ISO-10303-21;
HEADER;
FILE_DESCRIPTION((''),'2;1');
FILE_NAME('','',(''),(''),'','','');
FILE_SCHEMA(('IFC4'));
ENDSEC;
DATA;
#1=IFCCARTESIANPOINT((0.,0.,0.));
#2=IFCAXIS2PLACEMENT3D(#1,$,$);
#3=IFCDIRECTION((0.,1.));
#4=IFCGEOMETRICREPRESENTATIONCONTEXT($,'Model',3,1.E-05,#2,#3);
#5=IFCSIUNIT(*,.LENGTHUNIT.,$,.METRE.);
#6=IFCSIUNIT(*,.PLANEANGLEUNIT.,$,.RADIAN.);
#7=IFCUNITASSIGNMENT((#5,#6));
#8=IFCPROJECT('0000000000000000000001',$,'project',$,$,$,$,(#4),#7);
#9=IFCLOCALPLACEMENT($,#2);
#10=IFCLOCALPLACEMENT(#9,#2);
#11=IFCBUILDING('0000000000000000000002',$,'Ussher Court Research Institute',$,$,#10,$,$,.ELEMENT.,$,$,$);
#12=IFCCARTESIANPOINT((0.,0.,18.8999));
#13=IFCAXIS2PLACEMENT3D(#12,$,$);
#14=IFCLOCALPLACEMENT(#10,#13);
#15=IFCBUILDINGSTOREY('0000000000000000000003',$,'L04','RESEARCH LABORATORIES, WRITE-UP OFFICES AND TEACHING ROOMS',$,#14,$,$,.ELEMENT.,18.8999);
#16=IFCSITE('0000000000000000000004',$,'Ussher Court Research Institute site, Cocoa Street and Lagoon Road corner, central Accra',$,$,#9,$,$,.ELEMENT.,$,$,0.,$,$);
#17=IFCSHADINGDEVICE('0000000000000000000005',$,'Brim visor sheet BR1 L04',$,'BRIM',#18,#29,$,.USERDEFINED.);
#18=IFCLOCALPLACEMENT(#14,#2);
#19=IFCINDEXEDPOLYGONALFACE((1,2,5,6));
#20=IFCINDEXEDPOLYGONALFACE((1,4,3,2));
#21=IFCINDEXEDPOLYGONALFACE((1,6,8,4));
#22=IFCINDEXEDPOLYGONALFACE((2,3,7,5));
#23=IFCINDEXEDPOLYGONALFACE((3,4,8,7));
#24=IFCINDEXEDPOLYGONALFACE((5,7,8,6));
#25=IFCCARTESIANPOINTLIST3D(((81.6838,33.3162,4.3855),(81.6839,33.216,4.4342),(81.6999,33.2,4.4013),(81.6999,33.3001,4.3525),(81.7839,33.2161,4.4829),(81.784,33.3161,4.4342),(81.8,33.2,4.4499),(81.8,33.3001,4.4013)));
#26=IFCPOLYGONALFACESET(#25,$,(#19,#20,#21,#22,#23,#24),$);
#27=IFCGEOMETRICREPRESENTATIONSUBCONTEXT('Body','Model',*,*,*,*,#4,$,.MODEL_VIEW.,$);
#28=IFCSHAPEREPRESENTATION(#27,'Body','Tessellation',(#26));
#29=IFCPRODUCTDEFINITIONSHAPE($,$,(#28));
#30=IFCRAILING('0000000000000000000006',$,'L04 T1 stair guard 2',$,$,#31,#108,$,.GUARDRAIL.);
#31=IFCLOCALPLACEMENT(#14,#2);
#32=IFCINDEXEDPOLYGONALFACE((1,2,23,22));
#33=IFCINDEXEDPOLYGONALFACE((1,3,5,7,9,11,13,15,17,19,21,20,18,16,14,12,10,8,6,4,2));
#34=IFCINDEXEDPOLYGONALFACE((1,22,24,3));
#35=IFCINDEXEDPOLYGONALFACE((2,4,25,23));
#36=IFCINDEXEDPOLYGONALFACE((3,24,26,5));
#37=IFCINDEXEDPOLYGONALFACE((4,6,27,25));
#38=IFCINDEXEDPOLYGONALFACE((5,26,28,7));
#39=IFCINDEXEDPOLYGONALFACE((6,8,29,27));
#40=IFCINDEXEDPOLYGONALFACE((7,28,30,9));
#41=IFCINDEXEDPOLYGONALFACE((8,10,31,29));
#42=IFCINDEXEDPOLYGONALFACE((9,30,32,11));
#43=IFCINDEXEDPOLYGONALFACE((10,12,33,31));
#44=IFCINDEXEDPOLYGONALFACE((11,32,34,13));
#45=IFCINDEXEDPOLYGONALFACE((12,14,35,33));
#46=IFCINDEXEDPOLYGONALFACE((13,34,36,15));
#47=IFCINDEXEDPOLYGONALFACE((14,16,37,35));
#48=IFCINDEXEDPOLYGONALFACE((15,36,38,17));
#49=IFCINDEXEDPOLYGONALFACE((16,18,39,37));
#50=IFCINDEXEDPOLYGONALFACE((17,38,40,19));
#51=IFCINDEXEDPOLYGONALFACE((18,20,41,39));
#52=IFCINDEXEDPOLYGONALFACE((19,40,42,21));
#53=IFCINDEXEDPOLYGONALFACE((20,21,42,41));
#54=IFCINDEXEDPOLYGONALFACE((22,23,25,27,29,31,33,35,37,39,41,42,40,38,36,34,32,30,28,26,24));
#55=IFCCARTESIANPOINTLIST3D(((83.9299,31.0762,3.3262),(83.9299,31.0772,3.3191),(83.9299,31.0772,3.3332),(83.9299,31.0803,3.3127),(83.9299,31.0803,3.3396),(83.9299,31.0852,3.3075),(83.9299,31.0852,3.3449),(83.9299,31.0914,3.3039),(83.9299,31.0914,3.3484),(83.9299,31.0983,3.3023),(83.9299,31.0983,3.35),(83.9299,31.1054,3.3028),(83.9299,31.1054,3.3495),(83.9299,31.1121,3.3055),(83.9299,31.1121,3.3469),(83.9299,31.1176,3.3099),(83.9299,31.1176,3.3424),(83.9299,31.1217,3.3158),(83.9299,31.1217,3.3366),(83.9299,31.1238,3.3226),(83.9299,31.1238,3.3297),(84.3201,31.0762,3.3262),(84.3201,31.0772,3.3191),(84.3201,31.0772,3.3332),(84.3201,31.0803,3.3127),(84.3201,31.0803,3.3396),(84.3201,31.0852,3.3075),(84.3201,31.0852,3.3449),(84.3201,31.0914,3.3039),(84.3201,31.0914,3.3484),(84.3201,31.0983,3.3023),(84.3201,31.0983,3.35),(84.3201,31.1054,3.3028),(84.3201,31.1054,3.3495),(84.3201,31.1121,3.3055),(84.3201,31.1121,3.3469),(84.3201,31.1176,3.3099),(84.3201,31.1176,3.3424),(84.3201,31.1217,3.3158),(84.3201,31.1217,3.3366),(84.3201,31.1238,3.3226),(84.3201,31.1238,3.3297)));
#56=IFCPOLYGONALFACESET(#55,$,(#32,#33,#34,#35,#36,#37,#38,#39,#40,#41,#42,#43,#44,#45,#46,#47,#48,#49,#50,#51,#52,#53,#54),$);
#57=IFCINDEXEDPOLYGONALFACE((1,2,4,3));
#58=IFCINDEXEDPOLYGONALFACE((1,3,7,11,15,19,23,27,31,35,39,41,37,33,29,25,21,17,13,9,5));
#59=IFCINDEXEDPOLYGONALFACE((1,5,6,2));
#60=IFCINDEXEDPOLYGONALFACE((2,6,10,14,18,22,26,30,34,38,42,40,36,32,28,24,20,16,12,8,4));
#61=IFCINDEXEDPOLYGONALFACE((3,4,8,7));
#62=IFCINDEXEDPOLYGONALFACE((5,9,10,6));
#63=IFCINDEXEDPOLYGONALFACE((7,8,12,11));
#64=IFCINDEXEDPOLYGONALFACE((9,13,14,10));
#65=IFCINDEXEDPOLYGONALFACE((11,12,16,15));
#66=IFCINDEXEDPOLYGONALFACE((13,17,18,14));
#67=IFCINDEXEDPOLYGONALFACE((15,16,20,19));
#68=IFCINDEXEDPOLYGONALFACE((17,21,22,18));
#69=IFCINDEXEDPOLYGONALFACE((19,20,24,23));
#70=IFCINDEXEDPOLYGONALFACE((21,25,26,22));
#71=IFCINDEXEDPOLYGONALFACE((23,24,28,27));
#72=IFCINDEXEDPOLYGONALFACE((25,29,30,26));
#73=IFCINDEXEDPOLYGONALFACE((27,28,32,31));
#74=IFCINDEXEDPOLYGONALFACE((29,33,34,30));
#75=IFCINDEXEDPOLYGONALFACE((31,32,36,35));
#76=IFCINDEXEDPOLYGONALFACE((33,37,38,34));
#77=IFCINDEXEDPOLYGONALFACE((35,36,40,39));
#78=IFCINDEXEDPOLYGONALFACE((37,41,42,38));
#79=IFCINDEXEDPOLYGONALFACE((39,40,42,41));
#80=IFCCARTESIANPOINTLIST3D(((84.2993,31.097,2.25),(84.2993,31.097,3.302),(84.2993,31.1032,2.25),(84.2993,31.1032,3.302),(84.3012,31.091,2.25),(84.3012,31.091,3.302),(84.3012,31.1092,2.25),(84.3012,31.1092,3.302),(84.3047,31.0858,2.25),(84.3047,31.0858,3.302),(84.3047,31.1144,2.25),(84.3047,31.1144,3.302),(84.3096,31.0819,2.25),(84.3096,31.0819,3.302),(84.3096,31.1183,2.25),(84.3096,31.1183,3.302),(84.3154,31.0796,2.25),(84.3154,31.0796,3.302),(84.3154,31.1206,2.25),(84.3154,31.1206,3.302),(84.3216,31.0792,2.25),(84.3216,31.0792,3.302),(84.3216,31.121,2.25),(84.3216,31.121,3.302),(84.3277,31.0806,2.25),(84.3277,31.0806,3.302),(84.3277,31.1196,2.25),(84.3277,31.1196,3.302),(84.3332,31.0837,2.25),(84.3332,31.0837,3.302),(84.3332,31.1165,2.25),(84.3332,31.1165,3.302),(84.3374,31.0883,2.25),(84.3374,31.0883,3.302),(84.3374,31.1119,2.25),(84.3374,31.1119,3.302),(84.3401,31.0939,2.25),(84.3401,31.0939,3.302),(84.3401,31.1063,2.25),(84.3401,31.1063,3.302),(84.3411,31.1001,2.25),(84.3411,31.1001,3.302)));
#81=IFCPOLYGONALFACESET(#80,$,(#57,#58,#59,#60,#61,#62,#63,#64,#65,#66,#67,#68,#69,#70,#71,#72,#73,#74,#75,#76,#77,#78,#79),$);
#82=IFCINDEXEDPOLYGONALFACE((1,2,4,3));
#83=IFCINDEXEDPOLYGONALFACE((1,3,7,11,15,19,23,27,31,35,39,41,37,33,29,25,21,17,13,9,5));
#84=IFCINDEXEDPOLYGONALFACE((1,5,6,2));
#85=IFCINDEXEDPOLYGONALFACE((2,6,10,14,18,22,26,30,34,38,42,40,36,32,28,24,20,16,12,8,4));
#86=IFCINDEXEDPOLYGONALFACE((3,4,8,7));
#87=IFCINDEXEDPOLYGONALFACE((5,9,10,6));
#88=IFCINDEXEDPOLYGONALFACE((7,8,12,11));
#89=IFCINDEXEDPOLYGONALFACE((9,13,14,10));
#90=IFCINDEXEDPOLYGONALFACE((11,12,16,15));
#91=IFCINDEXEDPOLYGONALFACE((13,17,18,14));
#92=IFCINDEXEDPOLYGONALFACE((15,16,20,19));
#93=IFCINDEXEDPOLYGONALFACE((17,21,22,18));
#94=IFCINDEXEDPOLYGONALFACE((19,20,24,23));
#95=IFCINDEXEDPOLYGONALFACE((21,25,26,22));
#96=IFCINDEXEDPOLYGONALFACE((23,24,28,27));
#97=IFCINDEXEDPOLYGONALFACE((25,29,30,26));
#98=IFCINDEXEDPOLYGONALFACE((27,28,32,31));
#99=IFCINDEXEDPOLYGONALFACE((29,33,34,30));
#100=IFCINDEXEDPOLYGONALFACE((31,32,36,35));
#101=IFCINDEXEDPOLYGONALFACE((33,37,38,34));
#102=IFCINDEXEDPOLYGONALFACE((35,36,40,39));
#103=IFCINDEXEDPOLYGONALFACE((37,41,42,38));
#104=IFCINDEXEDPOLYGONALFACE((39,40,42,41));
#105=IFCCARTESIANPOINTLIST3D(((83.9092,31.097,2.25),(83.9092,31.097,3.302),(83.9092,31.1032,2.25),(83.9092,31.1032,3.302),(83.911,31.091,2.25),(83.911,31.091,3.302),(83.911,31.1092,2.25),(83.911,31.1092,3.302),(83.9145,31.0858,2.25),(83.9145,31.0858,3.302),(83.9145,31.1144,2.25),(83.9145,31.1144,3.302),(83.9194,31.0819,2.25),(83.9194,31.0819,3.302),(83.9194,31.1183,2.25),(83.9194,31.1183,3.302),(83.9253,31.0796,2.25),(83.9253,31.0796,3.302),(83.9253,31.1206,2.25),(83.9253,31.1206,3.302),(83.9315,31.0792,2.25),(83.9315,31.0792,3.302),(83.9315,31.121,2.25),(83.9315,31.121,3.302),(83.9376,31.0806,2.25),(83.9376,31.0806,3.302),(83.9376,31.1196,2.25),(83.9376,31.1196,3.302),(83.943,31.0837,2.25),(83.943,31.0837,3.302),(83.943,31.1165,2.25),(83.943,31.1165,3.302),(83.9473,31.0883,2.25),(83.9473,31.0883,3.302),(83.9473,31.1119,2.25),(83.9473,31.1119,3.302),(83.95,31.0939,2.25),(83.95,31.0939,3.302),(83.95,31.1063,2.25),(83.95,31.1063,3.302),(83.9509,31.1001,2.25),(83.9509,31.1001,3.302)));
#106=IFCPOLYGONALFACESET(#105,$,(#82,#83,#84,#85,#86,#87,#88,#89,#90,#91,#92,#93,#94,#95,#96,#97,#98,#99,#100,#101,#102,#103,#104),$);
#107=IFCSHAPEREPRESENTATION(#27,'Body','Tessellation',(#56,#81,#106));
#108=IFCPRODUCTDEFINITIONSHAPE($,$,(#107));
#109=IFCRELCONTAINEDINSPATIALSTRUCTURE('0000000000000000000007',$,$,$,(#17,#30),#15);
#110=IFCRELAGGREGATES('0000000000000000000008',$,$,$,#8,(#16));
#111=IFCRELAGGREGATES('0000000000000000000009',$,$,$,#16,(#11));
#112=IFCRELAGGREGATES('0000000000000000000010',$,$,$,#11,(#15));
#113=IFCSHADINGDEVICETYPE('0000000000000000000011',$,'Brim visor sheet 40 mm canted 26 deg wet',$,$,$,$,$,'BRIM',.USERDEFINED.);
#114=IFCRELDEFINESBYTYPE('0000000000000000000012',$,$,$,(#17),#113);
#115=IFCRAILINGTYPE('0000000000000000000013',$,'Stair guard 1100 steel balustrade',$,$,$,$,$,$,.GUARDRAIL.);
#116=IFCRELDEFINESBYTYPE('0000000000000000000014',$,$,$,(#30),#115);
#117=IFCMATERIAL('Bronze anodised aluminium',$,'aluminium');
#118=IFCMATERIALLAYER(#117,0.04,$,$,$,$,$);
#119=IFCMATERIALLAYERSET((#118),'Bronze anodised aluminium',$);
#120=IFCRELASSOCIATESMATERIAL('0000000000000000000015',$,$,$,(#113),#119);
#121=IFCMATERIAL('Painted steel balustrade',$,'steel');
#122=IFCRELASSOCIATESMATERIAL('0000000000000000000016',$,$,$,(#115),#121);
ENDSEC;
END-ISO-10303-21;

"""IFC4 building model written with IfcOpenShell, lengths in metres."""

from ifc_helpers import new_model, si_unit, direction, frame, origin, origin_2d, place, context, subcontext, project, spatial, polyline, circle, outline, extrude, material, layer, layer_set, type_object, element, save


model = new_model("IFC4")

# Units and contexts
model_context = context("Model", 3, precision=1e-05, world=origin(), true_north=direction((0.0, 1.0)))
body_context = subcontext(model_context, "Body", "Model", "MODEL_VIEW")
ifc_project = project(units=[si_unit("LENGTHUNIT", "METRE"), si_unit("PLANEANGLEUNIT", "RADIAN")], contexts=[model_context])

# Site, building, storey
site_placement = place(None, origin())
site = spatial("IfcSite", under=ifc_project, at=site_placement, Name="Ussher Court Research Institute site, Cocoa Street and Lagoon Road corner, central Accra", CompositionType="ELEMENT", RefElevation=0.0)
building_placement = place(site_placement, origin())
building = spatial("IfcBuilding", under=site, at=building_placement, Name="Ussher Court Research Institute", CompositionType="ELEMENT")
storey_placement = place(building_placement, frame((0.0, 0.0, 18.8999)))
storey = spatial("IfcBuildingStorey", under=building, at=storey_placement, Name="L04", Description="RESEARCH LABORATORIES, WRITE-UP OFFICES AND TEACHING ROOMS", CompositionType="ELEMENT", Elevation=18.8999)

# Shading device
ifc_material_1 = material(Name="Bronze anodised aluminium", Category="aluminium")
ifc_layer_1 = layer(ifc_material_1, 0.04)
ifc_layer_set_1 = layer_set([ifc_layer_1], Name="Bronze anodised aluminium")
shading_device_type_1 = type_object("IfcShadingDeviceType", Name="Brim visor sheet 40 mm canted 26 deg wet", ElementType="BRIM", PredefinedType="USERDEFINED", material=ifc_layer_set_1)
shading_device_1_placement = place(storey_placement, frame((81.7839, 33.2161, 4.4829), z_axis=(-0.400848, 0.400848, 0.823797), x_axis=(0.000362, 0.899269, -0.437395)))
element("IfcShadingDevice", 1, at=shading_device_1_placement, inside=storey, type_object=shading_device_type_1, Name="Brim visor sheet BR1 L04", ObjectType="BRIM", PredefinedType="USERDEFINED", context=body_context, shape_type="SweptSolid", body=[
    extrude(outline(polyline([(0.0, 0.0), (0.1113, 0.0), (0.1326, 0.1093), (0.0212, 0.1092), (0.0, 0.0)])), origin(), (0.0, 0.0, -1.0), 0.04),
])

# Railing
ifc_material_2 = material(Name="Painted steel balustrade", Category="steel")
railing_type_1 = type_object("IfcRailingType", Name="Stair guard 1100 steel balustrade", PredefinedType="GUARDRAIL", material=ifc_material_2)
railing_1_placement = place(storey_placement, frame((84.3201, 31.1001, 2.25)))
element("IfcRailing", 2, at=railing_1_placement, inside=storey, type_object=railing_type_1, Name="L04 T1 stair guard 2", PredefinedType="GUARDRAIL", context=body_context, shape_type="SweptSolid", body=[
    extrude(circle(Radius=0.0239, at=origin_2d()), frame((0.0, 0.0, 1.0762), z_axis=(-1.0, 0.0, 0.0), x_axis=(0.0, -1.0, 0.0)), (0.0, 0.0, 1.0), 0.3901),
    extrude(circle(Radius=0.021, at=origin_2d()), origin(), (0.0, 0.0, 1.0), 1.052),
    extrude(circle(Radius=0.021, at=origin_2d()), frame((-0.3901, 0.0, 0.0)), (0.0, 0.0, 1.0), 1.052),
])

save(model, "model.ifc")
